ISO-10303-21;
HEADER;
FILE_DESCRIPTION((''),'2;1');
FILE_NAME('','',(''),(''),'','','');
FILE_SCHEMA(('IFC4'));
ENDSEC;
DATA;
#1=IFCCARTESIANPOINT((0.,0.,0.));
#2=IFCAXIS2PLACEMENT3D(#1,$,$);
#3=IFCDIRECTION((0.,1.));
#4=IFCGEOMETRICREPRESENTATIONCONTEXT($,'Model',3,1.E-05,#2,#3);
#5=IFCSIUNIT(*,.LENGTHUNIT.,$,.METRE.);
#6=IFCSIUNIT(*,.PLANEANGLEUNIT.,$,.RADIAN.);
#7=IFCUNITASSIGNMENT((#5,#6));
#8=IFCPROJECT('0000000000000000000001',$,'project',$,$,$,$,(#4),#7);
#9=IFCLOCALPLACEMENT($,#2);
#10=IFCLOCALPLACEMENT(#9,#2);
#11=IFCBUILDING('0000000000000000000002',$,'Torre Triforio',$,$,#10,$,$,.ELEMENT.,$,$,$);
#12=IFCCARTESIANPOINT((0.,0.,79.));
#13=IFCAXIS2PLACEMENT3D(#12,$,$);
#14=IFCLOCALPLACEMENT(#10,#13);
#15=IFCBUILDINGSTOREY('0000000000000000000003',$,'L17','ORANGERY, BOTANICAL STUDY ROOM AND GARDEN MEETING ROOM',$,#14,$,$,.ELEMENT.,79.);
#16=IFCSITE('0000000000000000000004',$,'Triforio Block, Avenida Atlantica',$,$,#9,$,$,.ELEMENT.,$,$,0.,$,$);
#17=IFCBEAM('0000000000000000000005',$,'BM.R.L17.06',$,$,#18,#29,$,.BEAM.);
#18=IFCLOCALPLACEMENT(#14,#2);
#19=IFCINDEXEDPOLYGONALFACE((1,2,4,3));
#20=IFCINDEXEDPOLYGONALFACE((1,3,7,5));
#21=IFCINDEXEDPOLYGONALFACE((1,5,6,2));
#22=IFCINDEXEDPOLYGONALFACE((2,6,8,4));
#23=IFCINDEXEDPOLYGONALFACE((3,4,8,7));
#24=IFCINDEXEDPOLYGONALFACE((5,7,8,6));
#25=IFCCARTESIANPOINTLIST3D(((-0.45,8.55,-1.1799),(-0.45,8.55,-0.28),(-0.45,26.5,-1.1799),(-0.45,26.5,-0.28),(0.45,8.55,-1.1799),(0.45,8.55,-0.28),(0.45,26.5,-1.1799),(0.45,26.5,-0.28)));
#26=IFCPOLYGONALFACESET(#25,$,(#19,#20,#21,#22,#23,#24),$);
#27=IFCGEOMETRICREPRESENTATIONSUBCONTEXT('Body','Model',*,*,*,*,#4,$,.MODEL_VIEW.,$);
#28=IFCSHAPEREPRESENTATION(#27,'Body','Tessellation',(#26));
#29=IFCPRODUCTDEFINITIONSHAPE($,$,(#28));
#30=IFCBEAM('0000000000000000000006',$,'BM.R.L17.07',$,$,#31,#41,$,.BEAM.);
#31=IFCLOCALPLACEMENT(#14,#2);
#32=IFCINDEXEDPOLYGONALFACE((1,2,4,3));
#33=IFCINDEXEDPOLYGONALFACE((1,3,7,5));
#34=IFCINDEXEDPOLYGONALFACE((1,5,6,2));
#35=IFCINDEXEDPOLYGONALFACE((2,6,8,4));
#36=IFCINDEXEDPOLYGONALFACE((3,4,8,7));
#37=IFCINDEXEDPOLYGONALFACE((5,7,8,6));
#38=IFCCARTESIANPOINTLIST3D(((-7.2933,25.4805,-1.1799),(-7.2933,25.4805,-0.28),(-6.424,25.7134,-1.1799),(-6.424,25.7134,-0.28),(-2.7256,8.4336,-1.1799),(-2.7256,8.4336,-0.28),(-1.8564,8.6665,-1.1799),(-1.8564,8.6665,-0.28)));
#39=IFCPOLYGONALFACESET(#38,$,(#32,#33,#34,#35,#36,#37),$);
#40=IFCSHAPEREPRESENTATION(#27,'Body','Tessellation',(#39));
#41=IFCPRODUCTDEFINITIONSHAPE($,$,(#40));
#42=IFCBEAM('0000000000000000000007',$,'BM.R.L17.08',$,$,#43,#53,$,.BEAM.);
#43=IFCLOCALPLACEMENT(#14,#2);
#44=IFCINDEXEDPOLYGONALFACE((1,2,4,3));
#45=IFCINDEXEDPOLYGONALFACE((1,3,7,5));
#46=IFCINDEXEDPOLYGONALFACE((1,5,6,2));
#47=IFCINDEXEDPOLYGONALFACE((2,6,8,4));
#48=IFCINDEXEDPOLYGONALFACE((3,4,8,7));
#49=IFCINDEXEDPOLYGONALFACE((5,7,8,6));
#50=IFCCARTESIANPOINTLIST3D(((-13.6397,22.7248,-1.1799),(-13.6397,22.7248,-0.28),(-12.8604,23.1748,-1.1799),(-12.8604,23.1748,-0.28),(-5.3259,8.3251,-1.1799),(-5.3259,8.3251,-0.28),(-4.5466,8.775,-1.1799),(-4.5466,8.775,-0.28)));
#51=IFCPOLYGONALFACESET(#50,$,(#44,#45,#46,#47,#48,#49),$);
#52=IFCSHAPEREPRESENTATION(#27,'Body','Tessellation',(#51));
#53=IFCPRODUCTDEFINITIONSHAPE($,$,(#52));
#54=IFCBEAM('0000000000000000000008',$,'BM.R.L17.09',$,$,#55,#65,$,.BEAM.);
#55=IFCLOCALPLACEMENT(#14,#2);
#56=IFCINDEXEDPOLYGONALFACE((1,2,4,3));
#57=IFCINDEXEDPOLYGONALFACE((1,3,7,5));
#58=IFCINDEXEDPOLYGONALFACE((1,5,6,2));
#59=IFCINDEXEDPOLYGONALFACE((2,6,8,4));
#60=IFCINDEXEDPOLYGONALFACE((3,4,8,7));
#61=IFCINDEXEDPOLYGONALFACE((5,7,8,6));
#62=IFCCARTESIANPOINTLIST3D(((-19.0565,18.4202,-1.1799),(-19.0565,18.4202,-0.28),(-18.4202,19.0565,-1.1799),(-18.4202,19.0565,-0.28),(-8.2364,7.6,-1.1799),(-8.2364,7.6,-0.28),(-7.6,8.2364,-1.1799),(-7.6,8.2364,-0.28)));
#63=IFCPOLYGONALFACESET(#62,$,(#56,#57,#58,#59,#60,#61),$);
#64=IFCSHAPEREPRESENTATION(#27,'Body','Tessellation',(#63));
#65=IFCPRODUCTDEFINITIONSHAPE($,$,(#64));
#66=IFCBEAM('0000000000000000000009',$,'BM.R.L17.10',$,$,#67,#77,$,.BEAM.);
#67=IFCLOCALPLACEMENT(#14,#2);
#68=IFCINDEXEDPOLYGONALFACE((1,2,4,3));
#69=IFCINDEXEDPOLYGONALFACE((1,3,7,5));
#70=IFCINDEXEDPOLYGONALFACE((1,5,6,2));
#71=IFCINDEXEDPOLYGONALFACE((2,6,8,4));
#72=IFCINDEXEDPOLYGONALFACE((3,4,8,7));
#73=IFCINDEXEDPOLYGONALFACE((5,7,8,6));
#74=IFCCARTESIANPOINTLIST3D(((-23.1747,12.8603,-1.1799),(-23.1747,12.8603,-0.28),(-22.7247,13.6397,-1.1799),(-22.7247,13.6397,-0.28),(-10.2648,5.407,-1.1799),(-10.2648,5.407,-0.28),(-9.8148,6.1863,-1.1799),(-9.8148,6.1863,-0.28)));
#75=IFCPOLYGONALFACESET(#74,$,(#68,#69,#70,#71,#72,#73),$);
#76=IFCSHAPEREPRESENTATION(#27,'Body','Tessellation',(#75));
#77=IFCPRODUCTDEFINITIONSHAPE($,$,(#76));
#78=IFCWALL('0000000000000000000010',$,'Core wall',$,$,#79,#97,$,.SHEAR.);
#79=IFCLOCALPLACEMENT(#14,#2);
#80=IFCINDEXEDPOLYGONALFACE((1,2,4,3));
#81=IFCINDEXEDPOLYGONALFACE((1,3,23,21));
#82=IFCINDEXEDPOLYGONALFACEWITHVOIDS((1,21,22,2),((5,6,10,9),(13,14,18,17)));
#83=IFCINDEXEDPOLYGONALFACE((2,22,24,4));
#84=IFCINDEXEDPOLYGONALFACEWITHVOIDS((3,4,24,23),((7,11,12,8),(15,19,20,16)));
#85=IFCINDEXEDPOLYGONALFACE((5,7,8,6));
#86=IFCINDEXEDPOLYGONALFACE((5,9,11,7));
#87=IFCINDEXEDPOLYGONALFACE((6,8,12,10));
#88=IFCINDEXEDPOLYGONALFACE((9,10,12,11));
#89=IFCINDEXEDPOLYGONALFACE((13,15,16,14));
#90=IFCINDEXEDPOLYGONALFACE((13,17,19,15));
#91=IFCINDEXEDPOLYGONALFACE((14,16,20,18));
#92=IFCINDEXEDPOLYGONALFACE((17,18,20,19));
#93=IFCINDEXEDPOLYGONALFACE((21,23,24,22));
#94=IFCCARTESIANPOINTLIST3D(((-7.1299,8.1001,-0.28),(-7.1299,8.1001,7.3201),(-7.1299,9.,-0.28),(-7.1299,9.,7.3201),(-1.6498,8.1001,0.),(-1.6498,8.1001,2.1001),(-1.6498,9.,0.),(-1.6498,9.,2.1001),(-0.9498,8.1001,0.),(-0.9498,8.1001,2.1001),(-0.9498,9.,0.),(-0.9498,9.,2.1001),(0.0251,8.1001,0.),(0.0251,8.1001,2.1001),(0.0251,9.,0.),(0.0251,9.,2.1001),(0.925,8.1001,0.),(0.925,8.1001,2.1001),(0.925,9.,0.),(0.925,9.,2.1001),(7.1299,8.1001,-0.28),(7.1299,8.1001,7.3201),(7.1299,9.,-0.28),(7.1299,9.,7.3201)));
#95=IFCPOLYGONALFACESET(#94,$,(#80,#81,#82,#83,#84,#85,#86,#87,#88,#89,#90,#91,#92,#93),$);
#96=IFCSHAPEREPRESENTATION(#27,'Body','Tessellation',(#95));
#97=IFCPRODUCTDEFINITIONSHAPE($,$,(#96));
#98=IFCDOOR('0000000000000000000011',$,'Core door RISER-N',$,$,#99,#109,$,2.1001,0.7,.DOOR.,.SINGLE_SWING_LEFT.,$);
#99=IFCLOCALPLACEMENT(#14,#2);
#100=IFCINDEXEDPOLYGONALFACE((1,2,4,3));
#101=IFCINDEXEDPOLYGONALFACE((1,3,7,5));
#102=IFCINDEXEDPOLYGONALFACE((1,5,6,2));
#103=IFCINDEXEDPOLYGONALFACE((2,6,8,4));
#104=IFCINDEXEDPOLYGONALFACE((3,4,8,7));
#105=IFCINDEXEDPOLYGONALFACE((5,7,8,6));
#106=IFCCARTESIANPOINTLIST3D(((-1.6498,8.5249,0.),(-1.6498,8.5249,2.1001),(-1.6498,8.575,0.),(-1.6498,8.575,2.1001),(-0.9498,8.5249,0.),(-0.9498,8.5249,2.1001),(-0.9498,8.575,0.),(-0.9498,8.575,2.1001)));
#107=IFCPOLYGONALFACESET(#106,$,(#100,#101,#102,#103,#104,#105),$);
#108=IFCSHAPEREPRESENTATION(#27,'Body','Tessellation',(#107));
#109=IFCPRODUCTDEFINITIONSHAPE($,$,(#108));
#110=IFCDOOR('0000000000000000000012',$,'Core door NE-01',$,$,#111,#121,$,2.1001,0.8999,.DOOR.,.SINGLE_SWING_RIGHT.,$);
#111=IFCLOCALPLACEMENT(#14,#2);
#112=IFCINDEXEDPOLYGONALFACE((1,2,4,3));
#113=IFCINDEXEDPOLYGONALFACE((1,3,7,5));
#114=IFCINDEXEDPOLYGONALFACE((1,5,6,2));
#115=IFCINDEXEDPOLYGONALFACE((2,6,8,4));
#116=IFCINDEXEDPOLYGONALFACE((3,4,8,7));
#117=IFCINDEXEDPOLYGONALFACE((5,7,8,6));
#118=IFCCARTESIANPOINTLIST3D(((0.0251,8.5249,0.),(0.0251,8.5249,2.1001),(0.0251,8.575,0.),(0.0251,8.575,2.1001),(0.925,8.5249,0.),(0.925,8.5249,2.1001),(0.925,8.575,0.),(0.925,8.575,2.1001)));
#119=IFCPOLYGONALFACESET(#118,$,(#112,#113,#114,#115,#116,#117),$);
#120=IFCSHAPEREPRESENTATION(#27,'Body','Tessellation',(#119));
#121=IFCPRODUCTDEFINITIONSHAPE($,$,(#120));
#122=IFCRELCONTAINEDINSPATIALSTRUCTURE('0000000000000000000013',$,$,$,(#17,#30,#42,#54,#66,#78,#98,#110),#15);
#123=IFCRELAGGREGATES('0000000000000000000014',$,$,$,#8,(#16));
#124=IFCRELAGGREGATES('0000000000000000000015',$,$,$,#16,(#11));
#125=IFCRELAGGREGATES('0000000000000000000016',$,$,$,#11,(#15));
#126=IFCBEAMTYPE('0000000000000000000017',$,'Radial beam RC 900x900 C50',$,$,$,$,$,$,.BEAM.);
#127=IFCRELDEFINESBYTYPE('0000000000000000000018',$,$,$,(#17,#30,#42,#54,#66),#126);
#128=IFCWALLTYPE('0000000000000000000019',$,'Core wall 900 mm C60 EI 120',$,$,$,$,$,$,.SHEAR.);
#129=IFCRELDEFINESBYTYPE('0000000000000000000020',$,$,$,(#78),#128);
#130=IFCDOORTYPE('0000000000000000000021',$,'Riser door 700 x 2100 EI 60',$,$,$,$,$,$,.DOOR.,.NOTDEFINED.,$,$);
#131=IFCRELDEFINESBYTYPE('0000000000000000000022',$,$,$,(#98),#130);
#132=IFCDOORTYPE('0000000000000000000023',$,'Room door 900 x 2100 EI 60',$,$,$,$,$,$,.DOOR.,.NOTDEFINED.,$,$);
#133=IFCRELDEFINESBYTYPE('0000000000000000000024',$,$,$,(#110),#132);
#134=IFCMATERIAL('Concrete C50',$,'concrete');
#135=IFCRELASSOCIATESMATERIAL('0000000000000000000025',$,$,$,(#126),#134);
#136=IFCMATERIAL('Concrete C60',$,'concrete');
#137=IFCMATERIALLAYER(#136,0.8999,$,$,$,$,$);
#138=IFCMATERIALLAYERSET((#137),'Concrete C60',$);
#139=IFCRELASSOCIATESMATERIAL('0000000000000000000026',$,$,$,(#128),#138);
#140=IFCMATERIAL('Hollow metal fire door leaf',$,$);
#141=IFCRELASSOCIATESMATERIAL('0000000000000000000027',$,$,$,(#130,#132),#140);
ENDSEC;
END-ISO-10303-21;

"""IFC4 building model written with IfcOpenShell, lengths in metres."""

from ifc_helpers import new_model, si_unit, direction, frame, frame_2d, origin, origin_2d, place, context, subcontext, project, spatial, rectangle, extrude, material, layer, layer_set, material_profile, profile_set, type_object, element, fill, save


model = new_model("IFC4")

# Units and contexts
model_context = context("Model", 3, precision=1e-05, world=origin(), true_north=direction((0.0, 1.0)))
body_context = subcontext(model_context, "Body", "Model", "MODEL_VIEW")
ifc_project = project(units=[si_unit("LENGTHUNIT", "METRE"), si_unit("PLANEANGLEUNIT", "RADIAN")], contexts=[model_context])

# Site, building, storey
site_placement = place(None, origin())
site = spatial("IfcSite", under=ifc_project, at=site_placement, Name="Triforio Block, Avenida Atlantica", CompositionType="ELEMENT", RefElevation=0.0)
building_placement = place(site_placement, origin())
building = spatial("IfcBuilding", under=site, at=building_placement, Name="Torre Triforio", CompositionType="ELEMENT")
storey_placement = place(building_placement, frame((0.0, 0.0, 79.0)))
storey = spatial("IfcBuildingStorey", under=building, at=storey_placement, Name="L17", Description="ORANGERY, BOTANICAL STUDY ROOM AND GARDEN MEETING ROOM", CompositionType="ELEMENT", Elevation=79.0)

# Beams
ifc_material_1 = material(Name="Concrete C50", Category="concrete")
ifc_material_profile = material_profile(ifc_material_1, rectangle(XDim=0.8999, YDim=0.8999, at=origin_2d()), Name="RC 900x900")
ifc_profile_set = profile_set([ifc_material_profile], Name="Concrete C50")
beam_type = type_object("IfcBeamType", Name="Radial beam RC 900x900 C50", PredefinedType="BEAM", material=ifc_profile_set)
beam_1_placement = place(storey_placement, frame((0.0, 8.55, -0.73), z_axis=(0.0, 1.0, 0.0), x_axis=(-1.0, 0.0, 0.0)))
element("IfcBeam", 1, at=beam_1_placement, inside=storey, type_object=beam_type, Name="BM.R.L17.06", PredefinedType="BEAM", context=body_context, shape_type="SweptSolid", body=[
    extrude(rectangle(XDim=0.8999, YDim=0.8999, at=origin_2d()), origin(), (0.0, 0.0, 1.0), 17.95),
])
beam_2_placement = place(storey_placement, frame((-2.291, 8.55, -0.73), z_axis=(-0.258815, 0.965927, 0.0), x_axis=(-0.965927, -0.258815, 0.0)))
element("IfcBeam", 2, at=beam_2_placement, inside=storey, type_object=beam_type, Name="BM.R.L17.07", PredefinedType="BEAM", context=body_context, shape_type="SweptSolid", body=[
    extrude(rectangle(XDim=0.8999, YDim=0.8999, at=origin_2d()), origin(), (0.0, 0.0, 1.0), 17.6482),
])
beam_3_placement = place(storey_placement, frame((-4.9363, 8.55, -0.73), z_axis=(-0.500003, 0.866023, 0.0), x_axis=(-0.866023, -0.500003, 0.0)))
element("IfcBeam", 3, at=beam_3_placement, inside=storey, type_object=beam_type, Name="BM.R.L17.08", PredefinedType="BEAM", context=body_context, shape_type="SweptSolid", body=[
    extrude(rectangle(XDim=0.8999, YDim=0.8999, at=origin_2d()), origin(), (0.0, 0.0, 1.0), 16.6274),
])
beam_4_placement = place(storey_placement, frame((-7.9182, 7.9182, -0.73), z_axis=(-0.707107, 0.707107, 0.0), x_axis=(-0.707107, -0.707107, 0.0)))
element("IfcBeam", 4, at=beam_4_placement, inside=storey, type_object=beam_type, Name="BM.R.L17.09", PredefinedType="BEAM", context=body_context, shape_type="SweptSolid", body=[
    extrude(rectangle(XDim=0.8999, YDim=0.8999, at=origin_2d()), origin(), (0.0, 0.0, 1.0), 15.302),
])
beam_5_placement = place(storey_placement, frame((-10.0398, 5.7966, -0.73), z_axis=(-0.86603, 0.499991, 0.0), x_axis=(-0.499991, -0.86603, 0.0)))
element("IfcBeam", 5, at=beam_5_placement, inside=storey, type_object=beam_type, Name="BM.R.L17.10", PredefinedType="BEAM", context=body_context, shape_type="SweptSolid", body=[
    extrude(rectangle(XDim=0.8999, YDim=0.8999, at=origin_2d()), origin(), (0.0, 0.0, 1.0), 14.907),
])

# Wall, openings, doors
ifc_material_2 = material(Name="Concrete C60", Category="concrete")
ifc_layer_1 = layer(ifc_material_2, 0.8999)
ifc_layer_set_1 = layer_set([ifc_layer_1], Name="Concrete C60")
wall_type_1 = type_object("IfcWallType", Name="Core wall 900 mm C60 EI 120", PredefinedType="SHEAR", material=ifc_layer_set_1)
wall_1_placement = place(storey_placement, frame((-7.1299, 8.55, -0.28), z_axis=(0.0, 0.0, 1.0), x_axis=(1.0, 0.0, 0.0)))
wall_1 = element("IfcWall", 6, at=wall_1_placement, inside=storey, type_object=wall_type_1, Name="Core wall", PredefinedType="SHEAR", context=body_context, shape_type="SweptSolid", body=[
    extrude(rectangle(XDim=14.2598, YDim=0.8999, at=frame_2d((7.1299, 0.0))), origin(), (0.0, 0.0, 1.0), 7.6001),
])
opening_1_placement = place(wall_1_placement, frame((5.48, 0.0, 0.28)))
opening_1 = element("IfcOpeningElement", 7, at=opening_1_placement, cuts=wall_1, PredefinedType="OPENING", context=body_context, shape_type="SweptSolid", body=[
    extrude(rectangle(XDim=0.7, YDim=2.1001, at=frame_2d((0.3501, 1.05))), frame((0.0, 0.46, 0.0), z_axis=(0.0, -1.0, 0.0), x_axis=(1.0, 0.0, 0.0)), (0.0, 0.0, 1.0), 0.9199),
])
opening_2_placement = place(wall_1_placement, frame((7.155, 0.0, 0.28)))
opening_2 = element("IfcOpeningElement", 8, at=opening_2_placement, cuts=wall_1, PredefinedType="OPENING", context=body_context, shape_type="SweptSolid", body=[
    extrude(rectangle(XDim=0.8999, YDim=2.1001, at=frame_2d((0.45, 1.05))), frame((0.0, 0.46, 0.0), z_axis=(0.0, -1.0, 0.0), x_axis=(1.0, 0.0, 0.0)), (0.0, 0.0, 1.0), 0.9199),
])
ifc_material_3 = material(Name="Hollow metal fire door leaf")
door_type_1 = type_object("IfcDoorType", Name="Riser door 700 x 2100 EI 60", OperationType="NOTDEFINED", PredefinedType="DOOR", material=ifc_material_3)
door_1_placement = place(opening_1_placement, origin())
door_1 = element("IfcDoor", 9, at=door_1_placement, inside=storey, type_object=door_type_1, Name="Core door RISER-N", OperationType="SINGLE_SWING_LEFT", OverallHeight=2.1001, OverallWidth=0.7, PredefinedType="DOOR", context=body_context, shape_type="SweptSolid", body=[
    extrude(rectangle(XDim=0.7, YDim=2.1001, at=frame_2d((0.3501, 1.05))), frame((0.0, 0.0249, 0.0), z_axis=(0.0, -1.0, 0.0), x_axis=(1.0, 0.0, 0.0)), (0.0, 0.0, 1.0), 0.05),
])
fill(opening_1, door_1)
door_type_2 = type_object("IfcDoorType", Name="Room door 900 x 2100 EI 60", OperationType="NOTDEFINED", PredefinedType="DOOR", material=ifc_material_3)
door_2_placement = place(opening_2_placement, origin())
door_2 = element("IfcDoor", 10, at=door_2_placement, inside=storey, type_object=door_type_2, Name="Core door NE-01", OperationType="SINGLE_SWING_RIGHT", OverallHeight=2.1001, OverallWidth=0.8999, PredefinedType="DOOR", context=body_context, shape_type="SweptSolid", body=[
    extrude(rectangle(XDim=0.8999, YDim=2.1001, at=frame_2d((0.45, 1.05))), frame((0.0, 0.0249, 0.0), z_axis=(0.0, -1.0, 0.0), x_axis=(1.0, 0.0, 0.0)), (0.0, 0.0, 1.0), 0.05),
])
fill(opening_2, door_2)

save(model, "model.ifc")
